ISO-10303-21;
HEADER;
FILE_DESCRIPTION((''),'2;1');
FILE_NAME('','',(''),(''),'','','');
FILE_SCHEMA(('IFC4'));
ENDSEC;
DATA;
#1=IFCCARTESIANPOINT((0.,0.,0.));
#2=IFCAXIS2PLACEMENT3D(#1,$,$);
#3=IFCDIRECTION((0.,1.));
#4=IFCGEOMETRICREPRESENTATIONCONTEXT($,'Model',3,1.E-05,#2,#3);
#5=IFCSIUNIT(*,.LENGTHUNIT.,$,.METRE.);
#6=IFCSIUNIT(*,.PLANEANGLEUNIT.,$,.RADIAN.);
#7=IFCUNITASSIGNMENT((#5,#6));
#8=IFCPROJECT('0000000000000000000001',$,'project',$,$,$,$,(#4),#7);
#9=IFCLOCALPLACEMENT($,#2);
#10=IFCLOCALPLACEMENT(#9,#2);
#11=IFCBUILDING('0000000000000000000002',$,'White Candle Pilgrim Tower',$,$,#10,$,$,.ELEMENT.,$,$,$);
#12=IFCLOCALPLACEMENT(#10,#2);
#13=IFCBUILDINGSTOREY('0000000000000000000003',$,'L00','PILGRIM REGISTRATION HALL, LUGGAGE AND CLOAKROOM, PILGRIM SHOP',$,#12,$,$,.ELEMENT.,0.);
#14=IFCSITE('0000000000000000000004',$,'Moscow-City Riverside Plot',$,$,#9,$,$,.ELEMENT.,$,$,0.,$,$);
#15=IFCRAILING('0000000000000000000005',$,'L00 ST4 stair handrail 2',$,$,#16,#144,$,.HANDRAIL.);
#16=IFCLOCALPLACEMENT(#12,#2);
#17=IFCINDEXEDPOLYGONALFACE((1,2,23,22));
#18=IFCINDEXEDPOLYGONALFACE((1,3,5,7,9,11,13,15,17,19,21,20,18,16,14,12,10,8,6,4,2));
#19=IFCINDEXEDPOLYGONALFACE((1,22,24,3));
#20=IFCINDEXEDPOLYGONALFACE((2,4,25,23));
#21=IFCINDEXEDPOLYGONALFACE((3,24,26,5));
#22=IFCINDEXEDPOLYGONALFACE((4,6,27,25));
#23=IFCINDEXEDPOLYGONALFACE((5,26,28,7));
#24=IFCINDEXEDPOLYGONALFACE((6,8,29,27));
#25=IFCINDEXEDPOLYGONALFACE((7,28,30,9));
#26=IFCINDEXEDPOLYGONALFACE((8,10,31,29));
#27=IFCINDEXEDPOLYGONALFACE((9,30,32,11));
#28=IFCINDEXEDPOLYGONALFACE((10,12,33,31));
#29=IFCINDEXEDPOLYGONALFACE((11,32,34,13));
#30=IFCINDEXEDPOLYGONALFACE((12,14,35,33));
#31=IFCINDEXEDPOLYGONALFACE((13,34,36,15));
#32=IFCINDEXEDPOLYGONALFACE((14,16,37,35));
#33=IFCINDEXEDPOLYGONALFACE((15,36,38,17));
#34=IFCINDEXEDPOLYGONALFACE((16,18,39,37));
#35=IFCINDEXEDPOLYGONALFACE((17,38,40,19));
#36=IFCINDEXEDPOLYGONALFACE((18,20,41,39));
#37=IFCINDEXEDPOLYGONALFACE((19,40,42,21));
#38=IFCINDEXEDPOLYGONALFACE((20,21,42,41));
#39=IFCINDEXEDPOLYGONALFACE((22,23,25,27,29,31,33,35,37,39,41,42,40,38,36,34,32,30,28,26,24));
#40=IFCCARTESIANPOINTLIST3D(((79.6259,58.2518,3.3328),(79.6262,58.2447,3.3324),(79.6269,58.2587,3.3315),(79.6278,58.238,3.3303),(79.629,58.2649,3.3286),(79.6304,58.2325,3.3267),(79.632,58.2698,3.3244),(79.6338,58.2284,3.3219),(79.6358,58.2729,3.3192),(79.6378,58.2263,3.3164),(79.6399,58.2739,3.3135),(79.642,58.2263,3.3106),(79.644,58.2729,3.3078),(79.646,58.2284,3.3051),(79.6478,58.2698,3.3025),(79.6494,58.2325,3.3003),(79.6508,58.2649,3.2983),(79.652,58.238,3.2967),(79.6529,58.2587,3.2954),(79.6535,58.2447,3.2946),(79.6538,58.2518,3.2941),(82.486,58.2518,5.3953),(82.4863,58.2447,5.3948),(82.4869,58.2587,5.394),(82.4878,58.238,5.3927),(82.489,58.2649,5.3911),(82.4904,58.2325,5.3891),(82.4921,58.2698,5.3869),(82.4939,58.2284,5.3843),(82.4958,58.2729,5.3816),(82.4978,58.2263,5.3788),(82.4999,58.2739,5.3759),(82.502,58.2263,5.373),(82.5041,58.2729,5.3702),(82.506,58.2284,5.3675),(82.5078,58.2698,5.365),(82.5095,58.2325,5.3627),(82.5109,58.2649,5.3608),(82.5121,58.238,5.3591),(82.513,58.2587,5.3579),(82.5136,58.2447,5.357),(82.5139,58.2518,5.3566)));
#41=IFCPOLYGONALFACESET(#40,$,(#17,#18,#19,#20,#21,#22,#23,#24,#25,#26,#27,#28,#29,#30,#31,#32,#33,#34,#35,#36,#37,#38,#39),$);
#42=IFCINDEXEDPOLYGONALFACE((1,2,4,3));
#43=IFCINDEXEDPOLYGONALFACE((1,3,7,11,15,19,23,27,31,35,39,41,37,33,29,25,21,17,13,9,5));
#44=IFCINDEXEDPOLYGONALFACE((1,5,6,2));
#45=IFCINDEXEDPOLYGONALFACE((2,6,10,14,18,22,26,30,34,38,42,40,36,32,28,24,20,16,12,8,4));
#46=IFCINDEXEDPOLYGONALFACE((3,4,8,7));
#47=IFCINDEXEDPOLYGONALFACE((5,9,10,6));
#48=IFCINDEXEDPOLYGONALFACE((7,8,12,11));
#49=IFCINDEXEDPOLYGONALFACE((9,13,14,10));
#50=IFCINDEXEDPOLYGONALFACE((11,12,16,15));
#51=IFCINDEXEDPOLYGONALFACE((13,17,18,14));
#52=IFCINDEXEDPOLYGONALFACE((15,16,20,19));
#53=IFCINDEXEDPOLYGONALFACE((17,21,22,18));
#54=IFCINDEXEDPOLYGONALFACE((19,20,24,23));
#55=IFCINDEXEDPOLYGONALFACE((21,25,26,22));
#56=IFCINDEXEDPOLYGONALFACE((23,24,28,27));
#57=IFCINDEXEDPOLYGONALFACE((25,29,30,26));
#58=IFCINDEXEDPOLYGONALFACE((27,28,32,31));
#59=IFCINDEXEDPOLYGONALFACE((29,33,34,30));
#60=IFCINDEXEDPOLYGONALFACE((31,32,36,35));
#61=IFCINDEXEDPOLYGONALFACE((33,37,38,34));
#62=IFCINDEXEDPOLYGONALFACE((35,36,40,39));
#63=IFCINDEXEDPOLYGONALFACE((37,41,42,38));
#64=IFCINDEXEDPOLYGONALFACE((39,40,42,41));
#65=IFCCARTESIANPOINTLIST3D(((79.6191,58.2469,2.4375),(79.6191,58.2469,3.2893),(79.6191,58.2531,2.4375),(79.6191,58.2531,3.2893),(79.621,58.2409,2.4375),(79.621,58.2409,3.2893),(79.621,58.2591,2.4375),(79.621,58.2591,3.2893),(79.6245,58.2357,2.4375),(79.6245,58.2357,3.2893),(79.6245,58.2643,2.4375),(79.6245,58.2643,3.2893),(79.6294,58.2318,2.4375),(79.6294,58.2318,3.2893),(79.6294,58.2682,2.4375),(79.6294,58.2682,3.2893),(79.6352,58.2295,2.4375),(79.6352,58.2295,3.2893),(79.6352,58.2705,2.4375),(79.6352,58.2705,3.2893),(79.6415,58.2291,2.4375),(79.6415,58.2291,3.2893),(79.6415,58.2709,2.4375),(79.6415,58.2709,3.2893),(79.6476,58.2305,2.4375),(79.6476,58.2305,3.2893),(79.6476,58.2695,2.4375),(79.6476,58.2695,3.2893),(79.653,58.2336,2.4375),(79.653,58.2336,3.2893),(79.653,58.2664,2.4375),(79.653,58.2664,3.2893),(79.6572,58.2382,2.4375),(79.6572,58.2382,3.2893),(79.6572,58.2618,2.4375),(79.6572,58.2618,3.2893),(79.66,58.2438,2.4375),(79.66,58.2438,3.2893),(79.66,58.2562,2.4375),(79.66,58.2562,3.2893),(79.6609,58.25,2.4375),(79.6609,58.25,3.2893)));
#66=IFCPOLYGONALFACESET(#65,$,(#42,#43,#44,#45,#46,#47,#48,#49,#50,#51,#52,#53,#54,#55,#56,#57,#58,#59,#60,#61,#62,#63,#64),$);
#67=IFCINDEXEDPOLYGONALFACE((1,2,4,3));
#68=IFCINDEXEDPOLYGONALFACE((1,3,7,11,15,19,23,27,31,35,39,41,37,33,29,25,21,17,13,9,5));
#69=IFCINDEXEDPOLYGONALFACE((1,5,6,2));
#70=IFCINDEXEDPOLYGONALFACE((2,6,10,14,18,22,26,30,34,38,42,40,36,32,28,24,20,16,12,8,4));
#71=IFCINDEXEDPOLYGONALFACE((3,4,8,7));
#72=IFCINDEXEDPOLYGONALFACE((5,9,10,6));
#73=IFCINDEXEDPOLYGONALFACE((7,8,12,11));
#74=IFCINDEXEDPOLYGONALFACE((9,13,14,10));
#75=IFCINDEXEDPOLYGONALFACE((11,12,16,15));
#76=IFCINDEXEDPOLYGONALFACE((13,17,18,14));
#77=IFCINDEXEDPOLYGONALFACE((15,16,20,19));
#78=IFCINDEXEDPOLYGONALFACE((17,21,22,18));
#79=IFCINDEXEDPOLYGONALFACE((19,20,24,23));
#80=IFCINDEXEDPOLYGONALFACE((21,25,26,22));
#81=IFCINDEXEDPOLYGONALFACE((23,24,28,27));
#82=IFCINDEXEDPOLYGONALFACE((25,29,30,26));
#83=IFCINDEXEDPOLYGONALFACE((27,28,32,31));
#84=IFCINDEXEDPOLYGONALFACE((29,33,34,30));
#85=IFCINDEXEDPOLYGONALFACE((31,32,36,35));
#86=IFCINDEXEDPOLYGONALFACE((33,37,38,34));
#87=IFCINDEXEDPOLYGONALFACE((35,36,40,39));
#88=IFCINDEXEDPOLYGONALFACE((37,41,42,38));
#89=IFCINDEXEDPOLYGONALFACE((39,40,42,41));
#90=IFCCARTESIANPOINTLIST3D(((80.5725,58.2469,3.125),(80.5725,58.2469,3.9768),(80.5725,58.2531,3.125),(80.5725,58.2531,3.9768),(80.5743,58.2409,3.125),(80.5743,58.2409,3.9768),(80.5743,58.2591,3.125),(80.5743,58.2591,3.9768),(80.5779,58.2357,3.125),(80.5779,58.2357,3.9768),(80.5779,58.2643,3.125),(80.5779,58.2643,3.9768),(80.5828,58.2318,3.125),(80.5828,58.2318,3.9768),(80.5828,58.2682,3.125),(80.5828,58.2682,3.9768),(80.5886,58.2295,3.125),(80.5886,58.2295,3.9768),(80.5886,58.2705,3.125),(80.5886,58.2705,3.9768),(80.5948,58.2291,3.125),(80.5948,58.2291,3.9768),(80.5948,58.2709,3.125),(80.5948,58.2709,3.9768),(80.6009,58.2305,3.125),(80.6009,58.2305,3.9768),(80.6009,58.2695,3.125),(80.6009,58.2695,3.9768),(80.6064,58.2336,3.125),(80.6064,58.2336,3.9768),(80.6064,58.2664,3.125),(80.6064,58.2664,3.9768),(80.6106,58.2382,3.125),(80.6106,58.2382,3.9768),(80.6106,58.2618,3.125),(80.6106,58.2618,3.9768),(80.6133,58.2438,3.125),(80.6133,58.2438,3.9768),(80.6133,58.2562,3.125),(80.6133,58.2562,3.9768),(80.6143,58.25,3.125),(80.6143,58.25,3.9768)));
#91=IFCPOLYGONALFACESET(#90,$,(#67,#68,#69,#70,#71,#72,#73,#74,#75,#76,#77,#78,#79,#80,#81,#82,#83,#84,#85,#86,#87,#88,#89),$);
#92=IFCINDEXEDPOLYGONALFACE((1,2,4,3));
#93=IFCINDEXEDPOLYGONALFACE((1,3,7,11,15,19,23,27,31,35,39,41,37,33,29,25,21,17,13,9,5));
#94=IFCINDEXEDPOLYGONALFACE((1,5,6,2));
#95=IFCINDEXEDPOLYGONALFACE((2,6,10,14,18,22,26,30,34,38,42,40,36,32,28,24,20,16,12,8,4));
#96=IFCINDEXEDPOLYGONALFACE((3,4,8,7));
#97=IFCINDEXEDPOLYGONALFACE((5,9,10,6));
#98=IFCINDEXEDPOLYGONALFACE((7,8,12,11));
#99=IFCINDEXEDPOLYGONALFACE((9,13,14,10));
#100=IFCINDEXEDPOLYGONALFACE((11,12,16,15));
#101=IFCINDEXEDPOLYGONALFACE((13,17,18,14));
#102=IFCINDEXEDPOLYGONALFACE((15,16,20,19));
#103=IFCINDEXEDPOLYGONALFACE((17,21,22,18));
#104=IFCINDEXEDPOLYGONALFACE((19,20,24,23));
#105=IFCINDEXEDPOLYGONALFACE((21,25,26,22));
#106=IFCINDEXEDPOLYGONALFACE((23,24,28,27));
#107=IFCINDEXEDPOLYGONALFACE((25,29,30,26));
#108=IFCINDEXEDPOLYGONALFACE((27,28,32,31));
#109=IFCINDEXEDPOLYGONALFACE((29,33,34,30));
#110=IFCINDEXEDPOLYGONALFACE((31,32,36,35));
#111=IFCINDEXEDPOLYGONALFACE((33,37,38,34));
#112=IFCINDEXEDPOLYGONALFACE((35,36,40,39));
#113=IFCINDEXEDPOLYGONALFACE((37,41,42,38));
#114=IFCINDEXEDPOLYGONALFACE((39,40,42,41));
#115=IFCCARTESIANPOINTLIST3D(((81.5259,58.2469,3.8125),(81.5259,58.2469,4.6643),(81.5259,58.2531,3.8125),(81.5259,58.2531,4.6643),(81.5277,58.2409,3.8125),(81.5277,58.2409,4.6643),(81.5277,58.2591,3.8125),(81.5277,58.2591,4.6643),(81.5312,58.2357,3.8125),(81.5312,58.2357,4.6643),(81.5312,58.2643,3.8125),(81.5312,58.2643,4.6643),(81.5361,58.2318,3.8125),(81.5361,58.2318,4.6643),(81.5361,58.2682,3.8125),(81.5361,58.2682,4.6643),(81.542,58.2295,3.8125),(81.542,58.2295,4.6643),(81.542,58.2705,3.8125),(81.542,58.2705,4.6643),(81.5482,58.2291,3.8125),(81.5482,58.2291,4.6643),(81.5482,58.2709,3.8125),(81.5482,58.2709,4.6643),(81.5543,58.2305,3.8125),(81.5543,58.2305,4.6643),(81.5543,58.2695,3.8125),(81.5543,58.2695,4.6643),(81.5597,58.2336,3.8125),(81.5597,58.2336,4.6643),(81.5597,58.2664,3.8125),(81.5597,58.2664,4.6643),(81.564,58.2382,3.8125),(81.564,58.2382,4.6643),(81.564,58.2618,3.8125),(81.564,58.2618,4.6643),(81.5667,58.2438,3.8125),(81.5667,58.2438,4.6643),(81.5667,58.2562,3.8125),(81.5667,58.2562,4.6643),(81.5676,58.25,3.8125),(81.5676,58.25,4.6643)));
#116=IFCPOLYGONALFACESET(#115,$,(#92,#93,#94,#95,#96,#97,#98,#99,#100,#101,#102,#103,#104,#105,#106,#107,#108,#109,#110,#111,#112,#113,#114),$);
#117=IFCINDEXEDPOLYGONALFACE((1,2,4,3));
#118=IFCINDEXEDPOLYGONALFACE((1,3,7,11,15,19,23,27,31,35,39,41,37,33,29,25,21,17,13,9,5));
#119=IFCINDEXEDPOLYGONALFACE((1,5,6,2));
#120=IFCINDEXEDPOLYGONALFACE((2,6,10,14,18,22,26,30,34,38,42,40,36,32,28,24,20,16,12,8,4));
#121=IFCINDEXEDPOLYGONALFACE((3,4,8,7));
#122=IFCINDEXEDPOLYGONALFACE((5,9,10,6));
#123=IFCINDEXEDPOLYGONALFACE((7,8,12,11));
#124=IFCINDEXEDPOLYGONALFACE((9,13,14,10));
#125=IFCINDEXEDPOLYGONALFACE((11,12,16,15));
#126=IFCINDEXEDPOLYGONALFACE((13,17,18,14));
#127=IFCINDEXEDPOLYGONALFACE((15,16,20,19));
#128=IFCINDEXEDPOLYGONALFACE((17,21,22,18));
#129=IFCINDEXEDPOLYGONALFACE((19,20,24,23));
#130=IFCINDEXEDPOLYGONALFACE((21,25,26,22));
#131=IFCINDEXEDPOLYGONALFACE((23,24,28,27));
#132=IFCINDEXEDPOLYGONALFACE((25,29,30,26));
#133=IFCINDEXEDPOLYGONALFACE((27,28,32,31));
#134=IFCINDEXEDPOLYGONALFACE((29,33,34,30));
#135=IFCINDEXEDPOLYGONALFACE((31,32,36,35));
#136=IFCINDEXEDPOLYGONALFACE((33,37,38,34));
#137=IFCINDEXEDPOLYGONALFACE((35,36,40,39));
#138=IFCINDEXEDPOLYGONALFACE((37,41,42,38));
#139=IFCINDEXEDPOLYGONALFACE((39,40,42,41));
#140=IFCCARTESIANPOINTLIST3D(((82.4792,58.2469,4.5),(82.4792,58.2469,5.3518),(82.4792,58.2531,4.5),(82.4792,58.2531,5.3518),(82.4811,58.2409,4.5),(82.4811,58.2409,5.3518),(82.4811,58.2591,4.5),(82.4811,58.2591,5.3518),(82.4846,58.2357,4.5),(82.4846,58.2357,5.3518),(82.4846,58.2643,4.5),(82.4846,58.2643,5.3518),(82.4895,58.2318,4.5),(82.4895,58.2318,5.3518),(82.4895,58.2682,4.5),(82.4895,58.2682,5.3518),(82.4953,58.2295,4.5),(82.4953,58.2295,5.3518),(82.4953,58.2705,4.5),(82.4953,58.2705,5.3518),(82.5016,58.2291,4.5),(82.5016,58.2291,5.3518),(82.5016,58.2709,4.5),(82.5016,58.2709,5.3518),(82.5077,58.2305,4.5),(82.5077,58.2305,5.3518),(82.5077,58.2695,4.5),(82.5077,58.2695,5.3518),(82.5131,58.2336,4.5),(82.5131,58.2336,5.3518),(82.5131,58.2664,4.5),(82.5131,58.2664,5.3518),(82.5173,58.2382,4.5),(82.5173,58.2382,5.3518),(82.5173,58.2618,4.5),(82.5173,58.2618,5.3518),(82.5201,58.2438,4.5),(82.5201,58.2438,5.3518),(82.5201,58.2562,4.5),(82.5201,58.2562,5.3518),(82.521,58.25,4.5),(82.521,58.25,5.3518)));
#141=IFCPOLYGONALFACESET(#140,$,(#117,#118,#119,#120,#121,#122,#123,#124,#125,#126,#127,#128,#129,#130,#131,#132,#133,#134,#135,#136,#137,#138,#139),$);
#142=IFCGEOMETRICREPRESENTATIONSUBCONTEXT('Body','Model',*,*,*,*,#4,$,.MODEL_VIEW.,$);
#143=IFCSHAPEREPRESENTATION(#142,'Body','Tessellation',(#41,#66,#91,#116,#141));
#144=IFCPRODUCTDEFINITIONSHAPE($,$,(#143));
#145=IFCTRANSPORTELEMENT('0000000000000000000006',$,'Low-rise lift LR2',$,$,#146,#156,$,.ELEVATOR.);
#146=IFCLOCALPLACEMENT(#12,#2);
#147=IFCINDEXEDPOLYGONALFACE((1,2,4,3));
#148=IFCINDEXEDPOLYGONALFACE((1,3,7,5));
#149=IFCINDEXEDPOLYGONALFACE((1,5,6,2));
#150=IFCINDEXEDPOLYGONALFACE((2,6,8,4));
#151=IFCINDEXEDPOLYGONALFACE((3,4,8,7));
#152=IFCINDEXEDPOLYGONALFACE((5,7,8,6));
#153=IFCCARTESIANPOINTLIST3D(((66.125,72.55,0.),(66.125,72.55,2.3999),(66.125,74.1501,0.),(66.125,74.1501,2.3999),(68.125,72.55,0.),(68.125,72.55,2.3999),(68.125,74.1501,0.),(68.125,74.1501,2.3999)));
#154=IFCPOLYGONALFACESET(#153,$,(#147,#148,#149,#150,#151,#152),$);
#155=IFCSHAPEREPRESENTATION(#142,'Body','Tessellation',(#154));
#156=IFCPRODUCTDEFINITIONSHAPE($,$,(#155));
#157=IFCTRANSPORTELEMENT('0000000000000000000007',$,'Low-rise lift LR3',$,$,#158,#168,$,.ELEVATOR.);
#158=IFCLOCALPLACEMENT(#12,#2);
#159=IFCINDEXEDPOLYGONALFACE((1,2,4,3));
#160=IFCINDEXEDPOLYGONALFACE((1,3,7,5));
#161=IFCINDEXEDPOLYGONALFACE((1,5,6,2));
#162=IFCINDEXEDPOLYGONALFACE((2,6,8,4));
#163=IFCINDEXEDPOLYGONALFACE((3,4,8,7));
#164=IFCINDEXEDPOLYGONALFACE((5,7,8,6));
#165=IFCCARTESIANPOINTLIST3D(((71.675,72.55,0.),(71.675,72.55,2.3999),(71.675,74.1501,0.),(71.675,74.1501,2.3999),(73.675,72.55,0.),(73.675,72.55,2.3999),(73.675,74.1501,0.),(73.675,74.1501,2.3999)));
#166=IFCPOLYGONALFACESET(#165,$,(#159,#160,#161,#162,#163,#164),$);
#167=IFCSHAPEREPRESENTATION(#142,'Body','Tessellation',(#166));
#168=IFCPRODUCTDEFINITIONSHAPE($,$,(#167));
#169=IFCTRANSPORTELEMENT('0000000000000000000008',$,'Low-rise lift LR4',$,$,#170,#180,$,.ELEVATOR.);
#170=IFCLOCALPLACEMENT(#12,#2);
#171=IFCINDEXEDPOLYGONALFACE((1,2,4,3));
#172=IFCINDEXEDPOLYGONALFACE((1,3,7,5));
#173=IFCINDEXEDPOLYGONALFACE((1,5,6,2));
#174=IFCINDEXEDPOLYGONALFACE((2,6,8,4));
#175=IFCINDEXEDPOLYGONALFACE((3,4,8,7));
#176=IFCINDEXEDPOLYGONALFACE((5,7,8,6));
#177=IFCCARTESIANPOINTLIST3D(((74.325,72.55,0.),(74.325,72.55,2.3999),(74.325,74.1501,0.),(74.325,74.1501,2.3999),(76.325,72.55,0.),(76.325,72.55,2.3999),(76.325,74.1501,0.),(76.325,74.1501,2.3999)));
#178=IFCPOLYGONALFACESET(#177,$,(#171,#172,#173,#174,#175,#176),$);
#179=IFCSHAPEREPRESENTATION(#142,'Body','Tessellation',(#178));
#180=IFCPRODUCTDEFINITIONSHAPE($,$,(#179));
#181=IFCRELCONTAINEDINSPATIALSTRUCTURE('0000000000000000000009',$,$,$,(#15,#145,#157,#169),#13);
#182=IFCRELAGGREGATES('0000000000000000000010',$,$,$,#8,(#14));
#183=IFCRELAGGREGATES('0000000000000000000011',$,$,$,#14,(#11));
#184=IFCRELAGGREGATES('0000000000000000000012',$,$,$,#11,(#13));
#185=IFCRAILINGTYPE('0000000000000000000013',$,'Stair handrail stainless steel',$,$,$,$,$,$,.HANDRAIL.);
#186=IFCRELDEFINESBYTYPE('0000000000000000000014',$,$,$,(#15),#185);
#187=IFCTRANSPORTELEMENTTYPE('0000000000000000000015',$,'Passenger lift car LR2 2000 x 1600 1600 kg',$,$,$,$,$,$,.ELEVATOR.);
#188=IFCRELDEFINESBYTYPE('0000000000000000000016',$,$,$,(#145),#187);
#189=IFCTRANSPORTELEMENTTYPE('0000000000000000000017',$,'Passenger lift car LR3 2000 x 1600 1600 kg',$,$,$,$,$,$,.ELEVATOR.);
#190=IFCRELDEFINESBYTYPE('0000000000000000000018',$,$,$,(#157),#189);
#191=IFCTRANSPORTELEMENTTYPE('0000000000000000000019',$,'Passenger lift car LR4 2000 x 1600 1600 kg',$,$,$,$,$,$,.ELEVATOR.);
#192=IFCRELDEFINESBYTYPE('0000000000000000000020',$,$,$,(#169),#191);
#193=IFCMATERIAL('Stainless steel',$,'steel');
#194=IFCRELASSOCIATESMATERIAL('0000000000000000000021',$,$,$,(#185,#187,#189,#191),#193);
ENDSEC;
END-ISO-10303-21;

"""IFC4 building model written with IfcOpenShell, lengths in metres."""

from ifc_helpers import new_model, si_unit, direction, frame, origin, origin_2d, place, context, subcontext, project, spatial, rectangle, circle, extrude, material, type_object, element, save


model = new_model("IFC4")

# Units and contexts
model_context = context("Model", 3, precision=1e-05, world=origin(), true_north=direction((0.0, 1.0)))
body_context = subcontext(model_context, "Body", "Model", "MODEL_VIEW")
ifc_project = project(units=[si_unit("LENGTHUNIT", "METRE"), si_unit("PLANEANGLEUNIT", "RADIAN")], contexts=[model_context])

# Site, building, storey
site_placement = place(None, origin())
site = spatial("IfcSite", under=ifc_project, at=site_placement, Name="Moscow-City Riverside Plot", CompositionType="ELEMENT", RefElevation=0.0)
building_placement = place(site_placement, origin())
building = spatial("IfcBuilding", under=site, at=building_placement, Name="White Candle Pilgrim Tower", CompositionType="ELEMENT")
storey_placement = place(building_placement, origin())
storey = spatial("IfcBuildingStorey", under=building, at=storey_placement, Name="L00", Description="PILGRIM REGISTRATION HALL, LUGGAGE AND CLOAKROOM, PILGRIM SHOP", CompositionType="ELEMENT", Elevation=0.0)

# Railing
ifc_material_1 = material(Name="Stainless steel", Category="steel")
railing_type_1 = type_object("IfcRailingType", Name="Stair handrail stainless steel", PredefinedType="HANDRAIL", material=ifc_material_1)
railing_1_placement = place(storey_placement, frame((79.6399, 58.25, 2.4375)))
element("IfcRailing", 1, at=railing_1_placement, inside=storey, type_object=railing_type_1, Name="L00 ST4 stair handrail 2", PredefinedType="HANDRAIL", context=body_context, shape_type="SweptSolid", body=[
    extrude(circle(Radius=0.0239, at=origin_2d()), frame((0.0, 0.0, 0.876), z_axis=(0.811101, 0.0, 0.584906), x_axis=(0.0, 1.0, 0.0)), (0.0, 0.0, 1.0), 3.5261),
    extrude(circle(Radius=0.021, at=origin_2d()), origin(), (0.0, 0.0, 1.0), 0.8518),
    extrude(circle(Radius=0.021, at=origin_2d()), frame((0.9534, 0.0, 0.6875)), (0.0, 0.0, 1.0), 0.8518),
    extrude(circle(Radius=0.021, at=origin_2d()), frame((1.9067, 0.0, 1.375)), (0.0, 0.0, 1.0), 0.8518),
    extrude(circle(Radius=0.021, at=origin_2d()), frame((2.8601, 0.0, 2.0625)), (0.0, 0.0, 1.0), 0.8518),
])

# Transport elements
transport_element_type_1 = type_object("IfcTransportElementType", Name="Passenger lift car LR2 2000 x 1600 1600 kg", PredefinedType="ELEVATOR", material=ifc_material_1)
transport_element_1_placement = place(storey_placement, frame((67.125, 73.3501, 0.0), z_axis=(0.0, 0.0, 1.0), x_axis=(1.0, 0.0, 0.0)))
element("IfcTransportElement", 2, at=transport_element_1_placement, inside=storey, type_object=transport_element_type_1, Name="Low-rise lift LR2", PredefinedType="ELEVATOR", context=body_context, shape_type="SweptSolid", body=[
    extrude(rectangle(XDim=2.0, YDim=1.6001, at=origin_2d()), origin(), (0.0, 0.0, 1.0), 2.3999),
])
transport_element_type_2 = type_object("IfcTransportElementType", Name="Passenger lift car LR3 2000 x 1600 1600 kg", PredefinedType="ELEVATOR", material=ifc_material_1)
transport_element_2_placement = place(storey_placement, frame((72.675, 73.3501, 0.0), z_axis=(0.0, 0.0, 1.0), x_axis=(1.0, 0.0, 0.0)))
element("IfcTransportElement", 3, at=transport_element_2_placement, inside=storey, type_object=transport_element_type_2, Name="Low-rise lift LR3", PredefinedType="ELEVATOR", context=body_context, shape_type="SweptSolid", body=[
    extrude(rectangle(XDim=2.0, YDim=1.6001, at=origin_2d()), origin(), (0.0, 0.0, 1.0), 2.3999),
])
transport_element_type_3 = type_object("IfcTransportElementType", Name="Passenger lift car LR4 2000 x 1600 1600 kg", PredefinedType="ELEVATOR", material=ifc_material_1)
transport_element_3_placement = place(storey_placement, frame((75.325, 73.3501, 0.0), z_axis=(0.0, 0.0, 1.0), x_axis=(1.0, 0.0, 0.0)))
element("IfcTransportElement", 4, at=transport_element_3_placement, inside=storey, type_object=transport_element_type_3, Name="Low-rise lift LR4", PredefinedType="ELEVATOR", context=body_context, shape_type="SweptSolid", body=[
    extrude(rectangle(XDim=2.0, YDim=1.6001, at=origin_2d()), origin(), (0.0, 0.0, 1.0), 2.3999),
])

save(model, "model.ifc")
